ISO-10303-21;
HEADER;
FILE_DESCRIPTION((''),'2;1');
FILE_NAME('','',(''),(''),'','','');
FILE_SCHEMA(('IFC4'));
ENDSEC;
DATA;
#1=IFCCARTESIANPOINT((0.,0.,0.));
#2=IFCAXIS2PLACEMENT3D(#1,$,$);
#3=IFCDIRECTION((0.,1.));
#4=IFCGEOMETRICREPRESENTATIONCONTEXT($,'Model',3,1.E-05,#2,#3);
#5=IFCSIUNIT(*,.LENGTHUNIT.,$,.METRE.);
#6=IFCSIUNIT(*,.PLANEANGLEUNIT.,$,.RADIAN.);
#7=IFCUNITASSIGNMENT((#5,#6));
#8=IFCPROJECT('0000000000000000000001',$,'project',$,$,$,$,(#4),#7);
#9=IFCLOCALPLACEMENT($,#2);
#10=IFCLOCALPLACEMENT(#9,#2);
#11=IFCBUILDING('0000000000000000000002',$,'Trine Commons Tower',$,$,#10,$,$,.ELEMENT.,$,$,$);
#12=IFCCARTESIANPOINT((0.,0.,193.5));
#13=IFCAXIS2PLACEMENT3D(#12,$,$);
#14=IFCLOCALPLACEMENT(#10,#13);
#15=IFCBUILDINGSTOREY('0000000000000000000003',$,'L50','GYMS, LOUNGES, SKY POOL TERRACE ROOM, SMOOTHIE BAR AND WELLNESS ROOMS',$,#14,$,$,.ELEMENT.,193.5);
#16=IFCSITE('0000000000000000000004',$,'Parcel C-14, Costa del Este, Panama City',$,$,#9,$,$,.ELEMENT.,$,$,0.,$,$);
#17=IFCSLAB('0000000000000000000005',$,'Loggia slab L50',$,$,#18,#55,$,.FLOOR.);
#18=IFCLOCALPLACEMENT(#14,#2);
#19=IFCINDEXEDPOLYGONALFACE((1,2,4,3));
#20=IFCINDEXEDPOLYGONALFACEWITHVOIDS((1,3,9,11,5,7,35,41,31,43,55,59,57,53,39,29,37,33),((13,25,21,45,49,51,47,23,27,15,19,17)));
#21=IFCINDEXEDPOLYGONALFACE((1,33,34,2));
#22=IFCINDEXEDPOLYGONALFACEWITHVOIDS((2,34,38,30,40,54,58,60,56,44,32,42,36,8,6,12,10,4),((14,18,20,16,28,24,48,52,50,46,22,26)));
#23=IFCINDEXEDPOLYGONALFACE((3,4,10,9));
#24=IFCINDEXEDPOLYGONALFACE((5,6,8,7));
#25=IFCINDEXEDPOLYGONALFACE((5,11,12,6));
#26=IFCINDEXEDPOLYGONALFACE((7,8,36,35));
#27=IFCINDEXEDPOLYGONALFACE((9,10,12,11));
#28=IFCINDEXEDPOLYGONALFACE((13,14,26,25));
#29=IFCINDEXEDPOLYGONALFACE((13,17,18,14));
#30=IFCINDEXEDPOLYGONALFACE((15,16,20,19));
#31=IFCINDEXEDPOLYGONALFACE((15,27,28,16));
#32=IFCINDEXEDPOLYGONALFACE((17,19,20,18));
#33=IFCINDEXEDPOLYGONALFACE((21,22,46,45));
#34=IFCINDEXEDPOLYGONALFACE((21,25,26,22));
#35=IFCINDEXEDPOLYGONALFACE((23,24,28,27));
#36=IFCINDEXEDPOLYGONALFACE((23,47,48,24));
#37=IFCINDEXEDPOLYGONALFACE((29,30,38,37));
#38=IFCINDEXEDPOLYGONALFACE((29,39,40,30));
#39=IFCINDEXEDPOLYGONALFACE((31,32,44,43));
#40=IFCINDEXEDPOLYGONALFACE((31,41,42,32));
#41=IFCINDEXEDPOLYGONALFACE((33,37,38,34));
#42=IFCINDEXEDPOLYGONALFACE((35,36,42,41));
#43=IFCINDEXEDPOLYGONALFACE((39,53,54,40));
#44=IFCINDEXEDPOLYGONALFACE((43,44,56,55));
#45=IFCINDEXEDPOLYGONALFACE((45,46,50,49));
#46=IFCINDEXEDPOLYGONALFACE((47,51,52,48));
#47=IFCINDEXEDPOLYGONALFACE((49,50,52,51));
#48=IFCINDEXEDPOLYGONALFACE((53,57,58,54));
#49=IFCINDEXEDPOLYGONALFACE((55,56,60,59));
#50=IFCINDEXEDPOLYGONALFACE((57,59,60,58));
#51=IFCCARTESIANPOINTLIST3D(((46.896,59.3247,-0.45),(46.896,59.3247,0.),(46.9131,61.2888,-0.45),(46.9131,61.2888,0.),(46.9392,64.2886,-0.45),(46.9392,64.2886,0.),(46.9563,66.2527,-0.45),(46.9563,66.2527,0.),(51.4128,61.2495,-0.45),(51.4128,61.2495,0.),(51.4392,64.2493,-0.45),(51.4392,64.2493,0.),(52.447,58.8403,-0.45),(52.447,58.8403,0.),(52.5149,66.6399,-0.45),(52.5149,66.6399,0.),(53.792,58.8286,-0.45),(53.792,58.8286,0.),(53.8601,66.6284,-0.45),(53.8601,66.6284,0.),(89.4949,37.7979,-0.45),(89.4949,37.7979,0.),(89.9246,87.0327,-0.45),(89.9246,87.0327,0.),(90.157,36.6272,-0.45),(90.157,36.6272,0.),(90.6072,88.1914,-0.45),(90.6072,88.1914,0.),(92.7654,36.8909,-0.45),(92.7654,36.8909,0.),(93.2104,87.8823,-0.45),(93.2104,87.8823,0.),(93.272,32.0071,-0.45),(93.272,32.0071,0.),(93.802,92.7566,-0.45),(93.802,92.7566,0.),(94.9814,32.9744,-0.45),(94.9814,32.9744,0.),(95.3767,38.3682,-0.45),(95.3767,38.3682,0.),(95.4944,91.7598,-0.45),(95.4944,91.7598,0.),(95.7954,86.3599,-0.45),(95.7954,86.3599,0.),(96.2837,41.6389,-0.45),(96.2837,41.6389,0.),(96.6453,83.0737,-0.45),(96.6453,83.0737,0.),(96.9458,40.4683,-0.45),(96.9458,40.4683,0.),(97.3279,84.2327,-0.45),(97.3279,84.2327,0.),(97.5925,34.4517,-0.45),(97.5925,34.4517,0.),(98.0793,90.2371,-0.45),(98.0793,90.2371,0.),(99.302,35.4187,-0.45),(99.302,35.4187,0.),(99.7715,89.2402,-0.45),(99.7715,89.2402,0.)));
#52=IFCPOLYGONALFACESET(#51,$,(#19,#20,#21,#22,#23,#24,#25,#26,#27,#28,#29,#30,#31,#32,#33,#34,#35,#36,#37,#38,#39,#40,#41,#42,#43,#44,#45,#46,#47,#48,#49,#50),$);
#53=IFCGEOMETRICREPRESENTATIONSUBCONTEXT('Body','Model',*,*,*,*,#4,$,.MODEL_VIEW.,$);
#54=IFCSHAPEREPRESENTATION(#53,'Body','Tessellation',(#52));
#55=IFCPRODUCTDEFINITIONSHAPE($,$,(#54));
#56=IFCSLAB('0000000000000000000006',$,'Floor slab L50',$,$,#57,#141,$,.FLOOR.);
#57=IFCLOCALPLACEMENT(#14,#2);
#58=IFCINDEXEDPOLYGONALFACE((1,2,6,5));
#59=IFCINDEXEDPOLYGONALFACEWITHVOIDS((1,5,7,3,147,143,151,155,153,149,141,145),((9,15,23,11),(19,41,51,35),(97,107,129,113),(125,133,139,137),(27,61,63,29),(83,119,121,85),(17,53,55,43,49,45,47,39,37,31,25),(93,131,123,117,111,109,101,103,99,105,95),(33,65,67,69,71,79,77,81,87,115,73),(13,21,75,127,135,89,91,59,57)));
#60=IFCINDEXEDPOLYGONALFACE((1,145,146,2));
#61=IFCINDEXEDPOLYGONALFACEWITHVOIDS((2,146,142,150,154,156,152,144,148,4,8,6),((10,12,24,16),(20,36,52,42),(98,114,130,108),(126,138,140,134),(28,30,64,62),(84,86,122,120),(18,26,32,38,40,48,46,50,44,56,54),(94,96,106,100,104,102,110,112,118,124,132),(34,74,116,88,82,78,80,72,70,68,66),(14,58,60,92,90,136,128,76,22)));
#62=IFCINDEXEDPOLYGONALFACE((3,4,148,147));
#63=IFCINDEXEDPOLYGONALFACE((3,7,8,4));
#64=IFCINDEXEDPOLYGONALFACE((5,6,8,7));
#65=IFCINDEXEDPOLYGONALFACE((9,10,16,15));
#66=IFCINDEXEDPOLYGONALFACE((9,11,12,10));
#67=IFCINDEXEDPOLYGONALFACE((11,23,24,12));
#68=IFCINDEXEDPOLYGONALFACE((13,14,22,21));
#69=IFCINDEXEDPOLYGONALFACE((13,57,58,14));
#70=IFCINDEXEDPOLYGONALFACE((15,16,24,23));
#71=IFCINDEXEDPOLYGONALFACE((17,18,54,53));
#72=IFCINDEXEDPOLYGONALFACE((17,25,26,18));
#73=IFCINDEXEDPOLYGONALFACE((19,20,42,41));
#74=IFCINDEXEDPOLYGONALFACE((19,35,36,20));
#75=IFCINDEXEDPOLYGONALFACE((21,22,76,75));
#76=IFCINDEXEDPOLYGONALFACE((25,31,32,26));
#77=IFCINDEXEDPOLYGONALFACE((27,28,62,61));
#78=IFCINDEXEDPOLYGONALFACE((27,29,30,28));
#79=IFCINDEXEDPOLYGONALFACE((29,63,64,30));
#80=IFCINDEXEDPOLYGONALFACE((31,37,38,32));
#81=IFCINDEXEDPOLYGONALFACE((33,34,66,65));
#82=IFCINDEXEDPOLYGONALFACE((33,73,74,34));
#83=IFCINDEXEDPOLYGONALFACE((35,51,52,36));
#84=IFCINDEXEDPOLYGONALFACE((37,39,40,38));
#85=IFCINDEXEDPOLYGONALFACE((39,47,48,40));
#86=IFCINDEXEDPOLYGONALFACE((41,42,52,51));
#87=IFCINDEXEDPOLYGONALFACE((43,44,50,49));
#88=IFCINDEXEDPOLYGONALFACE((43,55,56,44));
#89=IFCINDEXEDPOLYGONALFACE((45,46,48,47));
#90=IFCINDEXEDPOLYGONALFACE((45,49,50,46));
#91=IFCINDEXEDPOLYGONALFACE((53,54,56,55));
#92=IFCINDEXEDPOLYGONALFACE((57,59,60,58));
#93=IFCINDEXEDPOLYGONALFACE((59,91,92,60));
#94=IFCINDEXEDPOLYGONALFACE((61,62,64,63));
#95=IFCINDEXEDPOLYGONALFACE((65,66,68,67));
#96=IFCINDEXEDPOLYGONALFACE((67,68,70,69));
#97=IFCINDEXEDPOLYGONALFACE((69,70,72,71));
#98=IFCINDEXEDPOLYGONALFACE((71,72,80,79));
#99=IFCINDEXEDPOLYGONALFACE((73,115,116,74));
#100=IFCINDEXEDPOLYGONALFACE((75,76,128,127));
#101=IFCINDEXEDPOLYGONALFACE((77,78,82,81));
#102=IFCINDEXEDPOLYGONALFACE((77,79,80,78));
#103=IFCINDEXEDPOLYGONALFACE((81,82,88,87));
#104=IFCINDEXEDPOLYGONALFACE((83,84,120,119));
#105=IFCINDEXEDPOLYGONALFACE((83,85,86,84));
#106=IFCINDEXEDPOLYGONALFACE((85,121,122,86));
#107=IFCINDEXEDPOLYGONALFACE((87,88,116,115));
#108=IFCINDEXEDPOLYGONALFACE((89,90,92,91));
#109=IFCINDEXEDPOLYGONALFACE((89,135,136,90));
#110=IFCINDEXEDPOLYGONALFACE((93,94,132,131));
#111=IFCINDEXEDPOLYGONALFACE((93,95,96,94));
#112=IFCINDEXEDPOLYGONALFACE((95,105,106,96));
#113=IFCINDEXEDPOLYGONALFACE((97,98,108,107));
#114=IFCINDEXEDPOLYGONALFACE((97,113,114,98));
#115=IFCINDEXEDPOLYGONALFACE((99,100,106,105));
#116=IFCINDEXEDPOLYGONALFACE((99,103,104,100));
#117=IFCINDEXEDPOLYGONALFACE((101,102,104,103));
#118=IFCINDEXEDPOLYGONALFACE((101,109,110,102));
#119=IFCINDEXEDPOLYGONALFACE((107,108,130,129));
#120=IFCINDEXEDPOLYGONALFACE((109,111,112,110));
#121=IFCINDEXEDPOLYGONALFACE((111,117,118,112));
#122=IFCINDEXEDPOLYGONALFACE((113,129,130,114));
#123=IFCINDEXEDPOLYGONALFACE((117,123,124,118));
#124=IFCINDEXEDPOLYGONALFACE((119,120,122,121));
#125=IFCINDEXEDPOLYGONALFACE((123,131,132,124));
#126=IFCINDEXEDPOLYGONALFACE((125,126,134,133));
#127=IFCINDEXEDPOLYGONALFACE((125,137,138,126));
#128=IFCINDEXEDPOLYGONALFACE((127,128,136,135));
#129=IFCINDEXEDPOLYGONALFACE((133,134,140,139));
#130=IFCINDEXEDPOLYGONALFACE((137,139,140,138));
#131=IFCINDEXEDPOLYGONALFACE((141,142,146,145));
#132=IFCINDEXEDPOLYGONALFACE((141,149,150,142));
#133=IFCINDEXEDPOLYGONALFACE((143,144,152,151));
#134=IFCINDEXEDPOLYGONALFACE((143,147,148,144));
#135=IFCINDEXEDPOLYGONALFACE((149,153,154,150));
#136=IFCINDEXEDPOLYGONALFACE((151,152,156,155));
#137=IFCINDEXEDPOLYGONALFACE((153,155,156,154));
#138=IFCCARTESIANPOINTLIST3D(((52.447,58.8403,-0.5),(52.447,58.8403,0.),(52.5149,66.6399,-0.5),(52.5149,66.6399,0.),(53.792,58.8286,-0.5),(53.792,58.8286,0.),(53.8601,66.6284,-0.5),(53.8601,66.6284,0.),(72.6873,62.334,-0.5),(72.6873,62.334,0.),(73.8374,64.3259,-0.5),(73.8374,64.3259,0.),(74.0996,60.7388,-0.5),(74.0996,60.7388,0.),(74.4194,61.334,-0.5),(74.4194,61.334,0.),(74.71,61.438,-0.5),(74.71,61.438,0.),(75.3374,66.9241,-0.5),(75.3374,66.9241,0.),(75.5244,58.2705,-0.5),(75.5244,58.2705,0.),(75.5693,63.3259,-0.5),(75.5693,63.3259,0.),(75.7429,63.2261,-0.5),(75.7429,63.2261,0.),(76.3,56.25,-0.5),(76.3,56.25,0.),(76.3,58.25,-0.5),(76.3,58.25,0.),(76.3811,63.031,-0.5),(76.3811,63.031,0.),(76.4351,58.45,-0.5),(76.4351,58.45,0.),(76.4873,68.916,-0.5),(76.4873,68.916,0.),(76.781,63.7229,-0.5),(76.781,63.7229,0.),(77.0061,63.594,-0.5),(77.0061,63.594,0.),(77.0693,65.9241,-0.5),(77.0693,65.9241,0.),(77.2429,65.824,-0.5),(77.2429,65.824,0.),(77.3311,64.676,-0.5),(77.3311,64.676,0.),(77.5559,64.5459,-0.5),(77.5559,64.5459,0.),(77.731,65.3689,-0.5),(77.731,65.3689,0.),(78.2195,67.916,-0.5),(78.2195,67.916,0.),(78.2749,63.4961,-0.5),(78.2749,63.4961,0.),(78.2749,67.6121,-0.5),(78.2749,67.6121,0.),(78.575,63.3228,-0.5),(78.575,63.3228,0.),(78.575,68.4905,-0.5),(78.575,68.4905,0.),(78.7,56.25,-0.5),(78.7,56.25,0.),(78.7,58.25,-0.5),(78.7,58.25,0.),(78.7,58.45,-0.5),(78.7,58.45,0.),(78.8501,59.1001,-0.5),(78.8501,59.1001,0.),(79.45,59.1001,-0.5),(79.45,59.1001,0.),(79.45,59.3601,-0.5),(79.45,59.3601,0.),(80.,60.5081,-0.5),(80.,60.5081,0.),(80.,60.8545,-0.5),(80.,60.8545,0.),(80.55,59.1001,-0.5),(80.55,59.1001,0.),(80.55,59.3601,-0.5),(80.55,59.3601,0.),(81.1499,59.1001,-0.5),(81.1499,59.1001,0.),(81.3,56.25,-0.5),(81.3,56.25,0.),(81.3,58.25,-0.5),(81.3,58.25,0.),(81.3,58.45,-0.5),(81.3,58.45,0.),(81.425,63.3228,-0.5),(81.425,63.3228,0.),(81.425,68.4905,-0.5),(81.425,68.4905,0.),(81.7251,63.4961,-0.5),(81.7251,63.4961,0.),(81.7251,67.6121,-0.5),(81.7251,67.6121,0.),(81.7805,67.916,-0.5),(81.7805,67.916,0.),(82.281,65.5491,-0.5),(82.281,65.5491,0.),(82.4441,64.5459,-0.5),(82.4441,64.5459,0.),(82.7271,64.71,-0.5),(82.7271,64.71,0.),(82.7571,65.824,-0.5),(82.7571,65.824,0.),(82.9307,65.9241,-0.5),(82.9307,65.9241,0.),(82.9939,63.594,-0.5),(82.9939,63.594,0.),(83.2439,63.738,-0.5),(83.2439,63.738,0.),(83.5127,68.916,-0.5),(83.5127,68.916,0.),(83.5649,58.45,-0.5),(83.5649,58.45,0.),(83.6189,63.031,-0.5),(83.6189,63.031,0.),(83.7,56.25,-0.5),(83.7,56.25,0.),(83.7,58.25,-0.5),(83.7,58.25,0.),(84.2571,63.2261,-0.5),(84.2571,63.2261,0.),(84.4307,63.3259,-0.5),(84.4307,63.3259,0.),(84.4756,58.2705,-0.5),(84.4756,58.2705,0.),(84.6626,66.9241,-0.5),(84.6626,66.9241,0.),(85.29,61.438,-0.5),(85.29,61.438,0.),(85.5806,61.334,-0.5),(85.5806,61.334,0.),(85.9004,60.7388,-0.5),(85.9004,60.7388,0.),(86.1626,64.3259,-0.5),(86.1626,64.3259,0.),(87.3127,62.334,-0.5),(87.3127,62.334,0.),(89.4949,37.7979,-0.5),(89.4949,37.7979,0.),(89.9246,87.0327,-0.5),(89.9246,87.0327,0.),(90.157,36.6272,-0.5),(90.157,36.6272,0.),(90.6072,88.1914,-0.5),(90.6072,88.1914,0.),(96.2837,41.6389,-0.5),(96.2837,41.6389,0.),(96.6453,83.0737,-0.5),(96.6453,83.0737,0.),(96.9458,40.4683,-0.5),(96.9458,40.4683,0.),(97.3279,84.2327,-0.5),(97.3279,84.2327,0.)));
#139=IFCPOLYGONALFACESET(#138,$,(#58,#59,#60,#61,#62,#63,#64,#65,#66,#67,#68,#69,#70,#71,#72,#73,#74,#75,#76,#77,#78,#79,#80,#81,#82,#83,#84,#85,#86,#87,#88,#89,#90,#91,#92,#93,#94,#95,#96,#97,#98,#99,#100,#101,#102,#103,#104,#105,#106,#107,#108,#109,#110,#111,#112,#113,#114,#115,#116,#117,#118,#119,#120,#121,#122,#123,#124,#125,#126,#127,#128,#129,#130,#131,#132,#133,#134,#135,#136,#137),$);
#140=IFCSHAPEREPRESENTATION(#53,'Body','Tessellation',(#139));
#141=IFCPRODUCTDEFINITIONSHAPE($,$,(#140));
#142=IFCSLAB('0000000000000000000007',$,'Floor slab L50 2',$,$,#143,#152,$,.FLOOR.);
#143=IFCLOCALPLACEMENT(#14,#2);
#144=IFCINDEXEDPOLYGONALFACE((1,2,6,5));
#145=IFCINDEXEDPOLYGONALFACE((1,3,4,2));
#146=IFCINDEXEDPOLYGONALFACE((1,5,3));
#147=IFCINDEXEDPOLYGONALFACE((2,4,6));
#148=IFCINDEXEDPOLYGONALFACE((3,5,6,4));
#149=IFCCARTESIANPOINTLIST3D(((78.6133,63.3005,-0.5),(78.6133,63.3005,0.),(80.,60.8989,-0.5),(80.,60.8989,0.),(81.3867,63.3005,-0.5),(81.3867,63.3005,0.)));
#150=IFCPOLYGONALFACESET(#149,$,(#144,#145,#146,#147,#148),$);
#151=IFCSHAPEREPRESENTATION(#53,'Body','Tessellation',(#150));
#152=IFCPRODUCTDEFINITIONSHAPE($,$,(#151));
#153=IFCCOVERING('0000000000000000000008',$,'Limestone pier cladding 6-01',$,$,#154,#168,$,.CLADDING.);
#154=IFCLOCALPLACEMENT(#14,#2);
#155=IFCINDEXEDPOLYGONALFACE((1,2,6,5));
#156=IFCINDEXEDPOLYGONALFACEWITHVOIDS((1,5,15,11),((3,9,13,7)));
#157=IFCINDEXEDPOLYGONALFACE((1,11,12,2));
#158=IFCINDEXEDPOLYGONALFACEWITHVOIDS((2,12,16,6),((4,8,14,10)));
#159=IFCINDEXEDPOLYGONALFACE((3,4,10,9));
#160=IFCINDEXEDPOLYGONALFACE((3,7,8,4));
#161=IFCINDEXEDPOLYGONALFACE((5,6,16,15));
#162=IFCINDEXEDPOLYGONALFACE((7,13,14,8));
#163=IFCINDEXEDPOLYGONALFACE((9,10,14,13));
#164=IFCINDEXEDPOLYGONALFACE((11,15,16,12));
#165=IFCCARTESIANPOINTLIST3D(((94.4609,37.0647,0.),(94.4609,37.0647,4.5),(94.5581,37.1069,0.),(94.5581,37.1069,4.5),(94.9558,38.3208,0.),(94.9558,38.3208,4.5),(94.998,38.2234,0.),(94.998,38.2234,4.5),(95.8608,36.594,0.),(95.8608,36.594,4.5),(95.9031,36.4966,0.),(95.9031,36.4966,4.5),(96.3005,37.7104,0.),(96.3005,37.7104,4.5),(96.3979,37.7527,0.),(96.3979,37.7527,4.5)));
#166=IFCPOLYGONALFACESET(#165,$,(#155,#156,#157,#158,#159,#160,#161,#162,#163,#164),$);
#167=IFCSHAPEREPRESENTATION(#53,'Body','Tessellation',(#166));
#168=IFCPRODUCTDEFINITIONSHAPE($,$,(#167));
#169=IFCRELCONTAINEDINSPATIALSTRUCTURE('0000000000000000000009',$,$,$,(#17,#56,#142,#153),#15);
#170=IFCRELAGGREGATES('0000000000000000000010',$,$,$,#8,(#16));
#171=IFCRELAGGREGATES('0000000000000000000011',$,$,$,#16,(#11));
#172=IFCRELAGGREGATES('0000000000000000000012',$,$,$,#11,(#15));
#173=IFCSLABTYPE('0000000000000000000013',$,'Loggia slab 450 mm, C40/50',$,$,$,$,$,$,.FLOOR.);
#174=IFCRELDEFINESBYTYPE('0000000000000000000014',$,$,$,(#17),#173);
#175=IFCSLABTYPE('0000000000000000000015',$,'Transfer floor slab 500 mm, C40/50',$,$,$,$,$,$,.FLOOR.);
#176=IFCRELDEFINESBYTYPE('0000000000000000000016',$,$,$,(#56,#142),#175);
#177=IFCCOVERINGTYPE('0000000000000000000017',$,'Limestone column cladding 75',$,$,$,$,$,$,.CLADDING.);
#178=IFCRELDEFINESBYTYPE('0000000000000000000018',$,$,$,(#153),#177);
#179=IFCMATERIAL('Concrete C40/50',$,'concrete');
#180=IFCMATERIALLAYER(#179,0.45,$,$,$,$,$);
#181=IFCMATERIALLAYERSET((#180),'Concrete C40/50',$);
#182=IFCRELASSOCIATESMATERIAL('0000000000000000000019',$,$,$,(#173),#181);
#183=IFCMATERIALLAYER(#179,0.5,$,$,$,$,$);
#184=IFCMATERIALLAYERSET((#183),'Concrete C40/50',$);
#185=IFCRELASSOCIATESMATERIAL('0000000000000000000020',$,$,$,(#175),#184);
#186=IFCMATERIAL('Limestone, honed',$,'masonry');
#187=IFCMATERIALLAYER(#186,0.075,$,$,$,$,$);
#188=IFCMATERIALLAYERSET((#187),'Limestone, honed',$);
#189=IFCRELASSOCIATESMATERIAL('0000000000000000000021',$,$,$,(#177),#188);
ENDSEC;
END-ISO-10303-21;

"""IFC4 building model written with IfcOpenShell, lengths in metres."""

from ifc_helpers import new_model, si_unit, direction, frame, origin, place, context, subcontext, project, spatial, polyline, outline, extrude, material, layer, layer_set, type_object, element, save


model = new_model("IFC4")

# Units and contexts
model_context = context("Model", 3, precision=1e-05, world=origin(), true_north=direction((0.0, 1.0)))
body_context = subcontext(model_context, "Body", "Model", "MODEL_VIEW")
ifc_project = project(units=[si_unit("LENGTHUNIT", "METRE"), si_unit("PLANEANGLEUNIT", "RADIAN")], contexts=[model_context])

# Site, building, storey
site_placement = place(None, origin())
site = spatial("IfcSite", under=ifc_project, at=site_placement, Name="Parcel C-14, Costa del Este, Panama City", CompositionType="ELEMENT", RefElevation=0.0)
building_placement = place(site_placement, origin())
building = spatial("IfcBuilding", under=site, at=building_placement, Name="Trine Commons Tower", CompositionType="ELEMENT")
storey_placement = place(building_placement, frame((0.0, 0.0, 193.5)))
storey = spatial("IfcBuildingStorey", under=building, at=storey_placement, Name="L50", Description="GYMS, LOUNGES, SKY POOL TERRACE ROOM, SMOOTHIE BAR AND WELLNESS ROOMS", CompositionType="ELEMENT", Elevation=193.5)

# Slabs
ifc_material_1 = material(Name="Concrete C40/50", Category="concrete")
ifc_layer_1 = layer(ifc_material_1, 0.45)
ifc_layer_set_1 = layer_set([ifc_layer_1], Name="Concrete C40/50")
slab_type_1 = type_object("IfcSlabType", Name="Loggia slab 450 mm, C40/50", PredefinedType="FLOOR", material=ifc_layer_set_1)
slab_1_placement = place(storey_placement, frame((0.0, 0.0, -0.45)))
element("IfcSlab", 1, at=slab_1_placement, inside=storey, type_object=slab_type_1, Name="Loggia slab L50", PredefinedType="FLOOR", context=body_context, shape_type="SweptSolid", body=[
    extrude(outline(polyline([(99.302, 35.4187), (99.7715, 89.2402), (98.0793, 90.2371), (95.7954, 86.3599), (93.2104, 87.8823), (95.4944, 91.7598), (93.802, 92.7566), (46.9563, 66.2527), (46.9392, 64.2886), (51.4392, 64.2493), (51.4128, 61.2495), (46.9131, 61.2888), (46.896, 59.3247), (93.272, 32.0071), (94.9814, 32.9744), (92.7654, 36.8909), (95.3767, 38.3682), (97.5925, 34.4517), (99.302, 35.4187)]), holes=[polyline([(90.157, 36.6272), (89.4949, 37.7979), (96.2837, 41.6389), (96.9458, 40.4683), (97.3279, 84.2327), (96.6453, 83.0737), (89.9246, 87.0327), (90.6072, 88.1914), (52.5149, 66.6399), (53.8601, 66.6284), (53.792, 58.8286), (52.447, 58.8403), (90.157, 36.6272)])]), origin(), (0.0, 0.0, 1.0), 0.45),
])
ifc_layer_2 = layer(ifc_material_1, 0.5)
ifc_layer_set_2 = layer_set([ifc_layer_2], Name="Concrete C40/50")
slab_type_2 = type_object("IfcSlabType", Name="Transfer floor slab 500 mm, C40/50", PredefinedType="FLOOR", material=ifc_layer_set_2)
slab_2_placement = place(storey_placement, frame((0.0, 0.0, -0.5)))
element("IfcSlab", 2, at=slab_2_placement, inside=storey, type_object=slab_type_2, Name="Floor slab L50", PredefinedType="FLOOR", context=body_context, shape_type="SweptSolid", body=[
    extrude(outline(polyline([(52.447, 58.8403), (90.157, 36.6272), (89.4949, 37.7979), (96.2837, 41.6389), (96.9458, 40.4683), (97.3279, 84.2327), (96.6453, 83.0737), (89.9246, 87.0327), (90.6072, 88.1914), (52.5149, 66.6399), (53.8601, 66.6284), (53.792, 58.8286), (52.447, 58.8403)]), holes=[polyline([(78.7, 56.25), (78.7, 58.25), (76.3, 58.25), (76.3, 56.25), (78.7, 56.25)]), polyline([(80.0, 60.8545), (84.4756, 58.2705), (85.9004, 60.7388), (81.425, 63.3228), (81.425, 68.4905), (78.575, 68.4905), (78.575, 63.3228), (74.0996, 60.7388), (75.5244, 58.2705), (80.0, 60.8545)]), polyline([(73.8374, 64.3259), (72.6873, 62.334), (74.4194, 61.334), (75.5693, 63.3259), (73.8374, 64.3259)]), polyline([(76.3811, 63.031), (75.7429, 63.2261), (74.71, 61.438), (78.2749, 63.4961), (78.2749, 67.6121), (77.2429, 65.824), (77.731, 65.3689), (77.3311, 64.676), (77.5559, 64.5459), (77.0061, 63.594), (76.781, 63.7229), (76.3811, 63.031)]), polyline([(76.4873, 68.916), (75.3374, 66.9241), (77.0693, 65.9241), (78.2195, 67.916), (76.4873, 68.916)]), polyline([(83.7, 56.25), (83.7, 58.25), (81.3, 58.25), (81.3, 56.25), (83.7, 56.25)]), polyline([(81.1499, 59.1001), (81.3, 58.45), (83.5649, 58.45), (80.0, 60.5081), (76.4351, 58.45), (78.7, 58.45), (78.8501, 59.1001), (79.45, 59.1001), (79.45, 59.3601), (80.55, 59.3601), (80.55, 59.1001), (81.1499, 59.1001)]), polyline([(86.1626, 64.3259), (84.4307, 63.3259), (85.5806, 61.334), (87.3127, 62.334), (86.1626, 64.3259)]), polyline([(83.2439, 63.738), (82.9939, 63.594), (82.4441, 64.5459), (82.7271, 64.71), (82.281, 65.5491), (82.7571, 65.824), (81.7251, 67.6121), (81.7251, 63.4961), (85.29, 61.438), (84.2571, 63.2261), (83.6189, 63.031), (83.2439, 63.738)]), polyline([(84.6626, 66.9241), (83.5127, 68.916), (81.7805, 67.916), (82.9307, 65.9241), (84.6626, 66.9241)])]), origin(), (0.0, 0.0, 1.0), 0.5),
])
slab_3_placement = place(storey_placement, frame((0.0, 0.0, -0.5)))
element("IfcSlab", 3, at=slab_3_placement, inside=storey, type_object=slab_type_2, Name="Floor slab L50 2", PredefinedType="FLOOR", context=body_context, shape_type="SweptSolid", body=[
    extrude(outline(polyline([(78.6133, 63.3005), (80.0, 60.8989), (81.3867, 63.3005), (78.6133, 63.3005)])), origin(), (0.0, 0.0, 1.0), 0.5),
])

# Covering
ifc_material_2 = material(Name="Limestone, honed", Category="masonry")
ifc_layer_3 = layer(ifc_material_2, 0.075)
ifc_layer_set_3 = layer_set([ifc_layer_3], Name="Limestone, honed")
covering_type_1 = type_object("IfcCoveringType", Name="Limestone column cladding 75", PredefinedType="CLADDING", material=ifc_layer_set_3)
covering_1_placement = place(storey_placement, origin())
element("IfcCovering", 4, at=covering_1_placement, inside=storey, type_object=covering_type_1, Name="Limestone pier cladding 6-01", PredefinedType="CLADDING", context=body_context, shape_type="SweptSolid", body=[
    extrude(outline(polyline([(94.9558, 38.3208), (94.4609, 37.0647), (95.9031, 36.4966), (96.3979, 37.7527), (94.9558, 38.3208)]), holes=[polyline([(94.998, 38.2234), (94.5581, 37.1069), (95.8608, 36.594), (96.3005, 37.7104), (94.998, 38.2234)])]), origin(), (0.0, 0.0, 1.0), 4.5),
])

save(model, "model.ifc")
